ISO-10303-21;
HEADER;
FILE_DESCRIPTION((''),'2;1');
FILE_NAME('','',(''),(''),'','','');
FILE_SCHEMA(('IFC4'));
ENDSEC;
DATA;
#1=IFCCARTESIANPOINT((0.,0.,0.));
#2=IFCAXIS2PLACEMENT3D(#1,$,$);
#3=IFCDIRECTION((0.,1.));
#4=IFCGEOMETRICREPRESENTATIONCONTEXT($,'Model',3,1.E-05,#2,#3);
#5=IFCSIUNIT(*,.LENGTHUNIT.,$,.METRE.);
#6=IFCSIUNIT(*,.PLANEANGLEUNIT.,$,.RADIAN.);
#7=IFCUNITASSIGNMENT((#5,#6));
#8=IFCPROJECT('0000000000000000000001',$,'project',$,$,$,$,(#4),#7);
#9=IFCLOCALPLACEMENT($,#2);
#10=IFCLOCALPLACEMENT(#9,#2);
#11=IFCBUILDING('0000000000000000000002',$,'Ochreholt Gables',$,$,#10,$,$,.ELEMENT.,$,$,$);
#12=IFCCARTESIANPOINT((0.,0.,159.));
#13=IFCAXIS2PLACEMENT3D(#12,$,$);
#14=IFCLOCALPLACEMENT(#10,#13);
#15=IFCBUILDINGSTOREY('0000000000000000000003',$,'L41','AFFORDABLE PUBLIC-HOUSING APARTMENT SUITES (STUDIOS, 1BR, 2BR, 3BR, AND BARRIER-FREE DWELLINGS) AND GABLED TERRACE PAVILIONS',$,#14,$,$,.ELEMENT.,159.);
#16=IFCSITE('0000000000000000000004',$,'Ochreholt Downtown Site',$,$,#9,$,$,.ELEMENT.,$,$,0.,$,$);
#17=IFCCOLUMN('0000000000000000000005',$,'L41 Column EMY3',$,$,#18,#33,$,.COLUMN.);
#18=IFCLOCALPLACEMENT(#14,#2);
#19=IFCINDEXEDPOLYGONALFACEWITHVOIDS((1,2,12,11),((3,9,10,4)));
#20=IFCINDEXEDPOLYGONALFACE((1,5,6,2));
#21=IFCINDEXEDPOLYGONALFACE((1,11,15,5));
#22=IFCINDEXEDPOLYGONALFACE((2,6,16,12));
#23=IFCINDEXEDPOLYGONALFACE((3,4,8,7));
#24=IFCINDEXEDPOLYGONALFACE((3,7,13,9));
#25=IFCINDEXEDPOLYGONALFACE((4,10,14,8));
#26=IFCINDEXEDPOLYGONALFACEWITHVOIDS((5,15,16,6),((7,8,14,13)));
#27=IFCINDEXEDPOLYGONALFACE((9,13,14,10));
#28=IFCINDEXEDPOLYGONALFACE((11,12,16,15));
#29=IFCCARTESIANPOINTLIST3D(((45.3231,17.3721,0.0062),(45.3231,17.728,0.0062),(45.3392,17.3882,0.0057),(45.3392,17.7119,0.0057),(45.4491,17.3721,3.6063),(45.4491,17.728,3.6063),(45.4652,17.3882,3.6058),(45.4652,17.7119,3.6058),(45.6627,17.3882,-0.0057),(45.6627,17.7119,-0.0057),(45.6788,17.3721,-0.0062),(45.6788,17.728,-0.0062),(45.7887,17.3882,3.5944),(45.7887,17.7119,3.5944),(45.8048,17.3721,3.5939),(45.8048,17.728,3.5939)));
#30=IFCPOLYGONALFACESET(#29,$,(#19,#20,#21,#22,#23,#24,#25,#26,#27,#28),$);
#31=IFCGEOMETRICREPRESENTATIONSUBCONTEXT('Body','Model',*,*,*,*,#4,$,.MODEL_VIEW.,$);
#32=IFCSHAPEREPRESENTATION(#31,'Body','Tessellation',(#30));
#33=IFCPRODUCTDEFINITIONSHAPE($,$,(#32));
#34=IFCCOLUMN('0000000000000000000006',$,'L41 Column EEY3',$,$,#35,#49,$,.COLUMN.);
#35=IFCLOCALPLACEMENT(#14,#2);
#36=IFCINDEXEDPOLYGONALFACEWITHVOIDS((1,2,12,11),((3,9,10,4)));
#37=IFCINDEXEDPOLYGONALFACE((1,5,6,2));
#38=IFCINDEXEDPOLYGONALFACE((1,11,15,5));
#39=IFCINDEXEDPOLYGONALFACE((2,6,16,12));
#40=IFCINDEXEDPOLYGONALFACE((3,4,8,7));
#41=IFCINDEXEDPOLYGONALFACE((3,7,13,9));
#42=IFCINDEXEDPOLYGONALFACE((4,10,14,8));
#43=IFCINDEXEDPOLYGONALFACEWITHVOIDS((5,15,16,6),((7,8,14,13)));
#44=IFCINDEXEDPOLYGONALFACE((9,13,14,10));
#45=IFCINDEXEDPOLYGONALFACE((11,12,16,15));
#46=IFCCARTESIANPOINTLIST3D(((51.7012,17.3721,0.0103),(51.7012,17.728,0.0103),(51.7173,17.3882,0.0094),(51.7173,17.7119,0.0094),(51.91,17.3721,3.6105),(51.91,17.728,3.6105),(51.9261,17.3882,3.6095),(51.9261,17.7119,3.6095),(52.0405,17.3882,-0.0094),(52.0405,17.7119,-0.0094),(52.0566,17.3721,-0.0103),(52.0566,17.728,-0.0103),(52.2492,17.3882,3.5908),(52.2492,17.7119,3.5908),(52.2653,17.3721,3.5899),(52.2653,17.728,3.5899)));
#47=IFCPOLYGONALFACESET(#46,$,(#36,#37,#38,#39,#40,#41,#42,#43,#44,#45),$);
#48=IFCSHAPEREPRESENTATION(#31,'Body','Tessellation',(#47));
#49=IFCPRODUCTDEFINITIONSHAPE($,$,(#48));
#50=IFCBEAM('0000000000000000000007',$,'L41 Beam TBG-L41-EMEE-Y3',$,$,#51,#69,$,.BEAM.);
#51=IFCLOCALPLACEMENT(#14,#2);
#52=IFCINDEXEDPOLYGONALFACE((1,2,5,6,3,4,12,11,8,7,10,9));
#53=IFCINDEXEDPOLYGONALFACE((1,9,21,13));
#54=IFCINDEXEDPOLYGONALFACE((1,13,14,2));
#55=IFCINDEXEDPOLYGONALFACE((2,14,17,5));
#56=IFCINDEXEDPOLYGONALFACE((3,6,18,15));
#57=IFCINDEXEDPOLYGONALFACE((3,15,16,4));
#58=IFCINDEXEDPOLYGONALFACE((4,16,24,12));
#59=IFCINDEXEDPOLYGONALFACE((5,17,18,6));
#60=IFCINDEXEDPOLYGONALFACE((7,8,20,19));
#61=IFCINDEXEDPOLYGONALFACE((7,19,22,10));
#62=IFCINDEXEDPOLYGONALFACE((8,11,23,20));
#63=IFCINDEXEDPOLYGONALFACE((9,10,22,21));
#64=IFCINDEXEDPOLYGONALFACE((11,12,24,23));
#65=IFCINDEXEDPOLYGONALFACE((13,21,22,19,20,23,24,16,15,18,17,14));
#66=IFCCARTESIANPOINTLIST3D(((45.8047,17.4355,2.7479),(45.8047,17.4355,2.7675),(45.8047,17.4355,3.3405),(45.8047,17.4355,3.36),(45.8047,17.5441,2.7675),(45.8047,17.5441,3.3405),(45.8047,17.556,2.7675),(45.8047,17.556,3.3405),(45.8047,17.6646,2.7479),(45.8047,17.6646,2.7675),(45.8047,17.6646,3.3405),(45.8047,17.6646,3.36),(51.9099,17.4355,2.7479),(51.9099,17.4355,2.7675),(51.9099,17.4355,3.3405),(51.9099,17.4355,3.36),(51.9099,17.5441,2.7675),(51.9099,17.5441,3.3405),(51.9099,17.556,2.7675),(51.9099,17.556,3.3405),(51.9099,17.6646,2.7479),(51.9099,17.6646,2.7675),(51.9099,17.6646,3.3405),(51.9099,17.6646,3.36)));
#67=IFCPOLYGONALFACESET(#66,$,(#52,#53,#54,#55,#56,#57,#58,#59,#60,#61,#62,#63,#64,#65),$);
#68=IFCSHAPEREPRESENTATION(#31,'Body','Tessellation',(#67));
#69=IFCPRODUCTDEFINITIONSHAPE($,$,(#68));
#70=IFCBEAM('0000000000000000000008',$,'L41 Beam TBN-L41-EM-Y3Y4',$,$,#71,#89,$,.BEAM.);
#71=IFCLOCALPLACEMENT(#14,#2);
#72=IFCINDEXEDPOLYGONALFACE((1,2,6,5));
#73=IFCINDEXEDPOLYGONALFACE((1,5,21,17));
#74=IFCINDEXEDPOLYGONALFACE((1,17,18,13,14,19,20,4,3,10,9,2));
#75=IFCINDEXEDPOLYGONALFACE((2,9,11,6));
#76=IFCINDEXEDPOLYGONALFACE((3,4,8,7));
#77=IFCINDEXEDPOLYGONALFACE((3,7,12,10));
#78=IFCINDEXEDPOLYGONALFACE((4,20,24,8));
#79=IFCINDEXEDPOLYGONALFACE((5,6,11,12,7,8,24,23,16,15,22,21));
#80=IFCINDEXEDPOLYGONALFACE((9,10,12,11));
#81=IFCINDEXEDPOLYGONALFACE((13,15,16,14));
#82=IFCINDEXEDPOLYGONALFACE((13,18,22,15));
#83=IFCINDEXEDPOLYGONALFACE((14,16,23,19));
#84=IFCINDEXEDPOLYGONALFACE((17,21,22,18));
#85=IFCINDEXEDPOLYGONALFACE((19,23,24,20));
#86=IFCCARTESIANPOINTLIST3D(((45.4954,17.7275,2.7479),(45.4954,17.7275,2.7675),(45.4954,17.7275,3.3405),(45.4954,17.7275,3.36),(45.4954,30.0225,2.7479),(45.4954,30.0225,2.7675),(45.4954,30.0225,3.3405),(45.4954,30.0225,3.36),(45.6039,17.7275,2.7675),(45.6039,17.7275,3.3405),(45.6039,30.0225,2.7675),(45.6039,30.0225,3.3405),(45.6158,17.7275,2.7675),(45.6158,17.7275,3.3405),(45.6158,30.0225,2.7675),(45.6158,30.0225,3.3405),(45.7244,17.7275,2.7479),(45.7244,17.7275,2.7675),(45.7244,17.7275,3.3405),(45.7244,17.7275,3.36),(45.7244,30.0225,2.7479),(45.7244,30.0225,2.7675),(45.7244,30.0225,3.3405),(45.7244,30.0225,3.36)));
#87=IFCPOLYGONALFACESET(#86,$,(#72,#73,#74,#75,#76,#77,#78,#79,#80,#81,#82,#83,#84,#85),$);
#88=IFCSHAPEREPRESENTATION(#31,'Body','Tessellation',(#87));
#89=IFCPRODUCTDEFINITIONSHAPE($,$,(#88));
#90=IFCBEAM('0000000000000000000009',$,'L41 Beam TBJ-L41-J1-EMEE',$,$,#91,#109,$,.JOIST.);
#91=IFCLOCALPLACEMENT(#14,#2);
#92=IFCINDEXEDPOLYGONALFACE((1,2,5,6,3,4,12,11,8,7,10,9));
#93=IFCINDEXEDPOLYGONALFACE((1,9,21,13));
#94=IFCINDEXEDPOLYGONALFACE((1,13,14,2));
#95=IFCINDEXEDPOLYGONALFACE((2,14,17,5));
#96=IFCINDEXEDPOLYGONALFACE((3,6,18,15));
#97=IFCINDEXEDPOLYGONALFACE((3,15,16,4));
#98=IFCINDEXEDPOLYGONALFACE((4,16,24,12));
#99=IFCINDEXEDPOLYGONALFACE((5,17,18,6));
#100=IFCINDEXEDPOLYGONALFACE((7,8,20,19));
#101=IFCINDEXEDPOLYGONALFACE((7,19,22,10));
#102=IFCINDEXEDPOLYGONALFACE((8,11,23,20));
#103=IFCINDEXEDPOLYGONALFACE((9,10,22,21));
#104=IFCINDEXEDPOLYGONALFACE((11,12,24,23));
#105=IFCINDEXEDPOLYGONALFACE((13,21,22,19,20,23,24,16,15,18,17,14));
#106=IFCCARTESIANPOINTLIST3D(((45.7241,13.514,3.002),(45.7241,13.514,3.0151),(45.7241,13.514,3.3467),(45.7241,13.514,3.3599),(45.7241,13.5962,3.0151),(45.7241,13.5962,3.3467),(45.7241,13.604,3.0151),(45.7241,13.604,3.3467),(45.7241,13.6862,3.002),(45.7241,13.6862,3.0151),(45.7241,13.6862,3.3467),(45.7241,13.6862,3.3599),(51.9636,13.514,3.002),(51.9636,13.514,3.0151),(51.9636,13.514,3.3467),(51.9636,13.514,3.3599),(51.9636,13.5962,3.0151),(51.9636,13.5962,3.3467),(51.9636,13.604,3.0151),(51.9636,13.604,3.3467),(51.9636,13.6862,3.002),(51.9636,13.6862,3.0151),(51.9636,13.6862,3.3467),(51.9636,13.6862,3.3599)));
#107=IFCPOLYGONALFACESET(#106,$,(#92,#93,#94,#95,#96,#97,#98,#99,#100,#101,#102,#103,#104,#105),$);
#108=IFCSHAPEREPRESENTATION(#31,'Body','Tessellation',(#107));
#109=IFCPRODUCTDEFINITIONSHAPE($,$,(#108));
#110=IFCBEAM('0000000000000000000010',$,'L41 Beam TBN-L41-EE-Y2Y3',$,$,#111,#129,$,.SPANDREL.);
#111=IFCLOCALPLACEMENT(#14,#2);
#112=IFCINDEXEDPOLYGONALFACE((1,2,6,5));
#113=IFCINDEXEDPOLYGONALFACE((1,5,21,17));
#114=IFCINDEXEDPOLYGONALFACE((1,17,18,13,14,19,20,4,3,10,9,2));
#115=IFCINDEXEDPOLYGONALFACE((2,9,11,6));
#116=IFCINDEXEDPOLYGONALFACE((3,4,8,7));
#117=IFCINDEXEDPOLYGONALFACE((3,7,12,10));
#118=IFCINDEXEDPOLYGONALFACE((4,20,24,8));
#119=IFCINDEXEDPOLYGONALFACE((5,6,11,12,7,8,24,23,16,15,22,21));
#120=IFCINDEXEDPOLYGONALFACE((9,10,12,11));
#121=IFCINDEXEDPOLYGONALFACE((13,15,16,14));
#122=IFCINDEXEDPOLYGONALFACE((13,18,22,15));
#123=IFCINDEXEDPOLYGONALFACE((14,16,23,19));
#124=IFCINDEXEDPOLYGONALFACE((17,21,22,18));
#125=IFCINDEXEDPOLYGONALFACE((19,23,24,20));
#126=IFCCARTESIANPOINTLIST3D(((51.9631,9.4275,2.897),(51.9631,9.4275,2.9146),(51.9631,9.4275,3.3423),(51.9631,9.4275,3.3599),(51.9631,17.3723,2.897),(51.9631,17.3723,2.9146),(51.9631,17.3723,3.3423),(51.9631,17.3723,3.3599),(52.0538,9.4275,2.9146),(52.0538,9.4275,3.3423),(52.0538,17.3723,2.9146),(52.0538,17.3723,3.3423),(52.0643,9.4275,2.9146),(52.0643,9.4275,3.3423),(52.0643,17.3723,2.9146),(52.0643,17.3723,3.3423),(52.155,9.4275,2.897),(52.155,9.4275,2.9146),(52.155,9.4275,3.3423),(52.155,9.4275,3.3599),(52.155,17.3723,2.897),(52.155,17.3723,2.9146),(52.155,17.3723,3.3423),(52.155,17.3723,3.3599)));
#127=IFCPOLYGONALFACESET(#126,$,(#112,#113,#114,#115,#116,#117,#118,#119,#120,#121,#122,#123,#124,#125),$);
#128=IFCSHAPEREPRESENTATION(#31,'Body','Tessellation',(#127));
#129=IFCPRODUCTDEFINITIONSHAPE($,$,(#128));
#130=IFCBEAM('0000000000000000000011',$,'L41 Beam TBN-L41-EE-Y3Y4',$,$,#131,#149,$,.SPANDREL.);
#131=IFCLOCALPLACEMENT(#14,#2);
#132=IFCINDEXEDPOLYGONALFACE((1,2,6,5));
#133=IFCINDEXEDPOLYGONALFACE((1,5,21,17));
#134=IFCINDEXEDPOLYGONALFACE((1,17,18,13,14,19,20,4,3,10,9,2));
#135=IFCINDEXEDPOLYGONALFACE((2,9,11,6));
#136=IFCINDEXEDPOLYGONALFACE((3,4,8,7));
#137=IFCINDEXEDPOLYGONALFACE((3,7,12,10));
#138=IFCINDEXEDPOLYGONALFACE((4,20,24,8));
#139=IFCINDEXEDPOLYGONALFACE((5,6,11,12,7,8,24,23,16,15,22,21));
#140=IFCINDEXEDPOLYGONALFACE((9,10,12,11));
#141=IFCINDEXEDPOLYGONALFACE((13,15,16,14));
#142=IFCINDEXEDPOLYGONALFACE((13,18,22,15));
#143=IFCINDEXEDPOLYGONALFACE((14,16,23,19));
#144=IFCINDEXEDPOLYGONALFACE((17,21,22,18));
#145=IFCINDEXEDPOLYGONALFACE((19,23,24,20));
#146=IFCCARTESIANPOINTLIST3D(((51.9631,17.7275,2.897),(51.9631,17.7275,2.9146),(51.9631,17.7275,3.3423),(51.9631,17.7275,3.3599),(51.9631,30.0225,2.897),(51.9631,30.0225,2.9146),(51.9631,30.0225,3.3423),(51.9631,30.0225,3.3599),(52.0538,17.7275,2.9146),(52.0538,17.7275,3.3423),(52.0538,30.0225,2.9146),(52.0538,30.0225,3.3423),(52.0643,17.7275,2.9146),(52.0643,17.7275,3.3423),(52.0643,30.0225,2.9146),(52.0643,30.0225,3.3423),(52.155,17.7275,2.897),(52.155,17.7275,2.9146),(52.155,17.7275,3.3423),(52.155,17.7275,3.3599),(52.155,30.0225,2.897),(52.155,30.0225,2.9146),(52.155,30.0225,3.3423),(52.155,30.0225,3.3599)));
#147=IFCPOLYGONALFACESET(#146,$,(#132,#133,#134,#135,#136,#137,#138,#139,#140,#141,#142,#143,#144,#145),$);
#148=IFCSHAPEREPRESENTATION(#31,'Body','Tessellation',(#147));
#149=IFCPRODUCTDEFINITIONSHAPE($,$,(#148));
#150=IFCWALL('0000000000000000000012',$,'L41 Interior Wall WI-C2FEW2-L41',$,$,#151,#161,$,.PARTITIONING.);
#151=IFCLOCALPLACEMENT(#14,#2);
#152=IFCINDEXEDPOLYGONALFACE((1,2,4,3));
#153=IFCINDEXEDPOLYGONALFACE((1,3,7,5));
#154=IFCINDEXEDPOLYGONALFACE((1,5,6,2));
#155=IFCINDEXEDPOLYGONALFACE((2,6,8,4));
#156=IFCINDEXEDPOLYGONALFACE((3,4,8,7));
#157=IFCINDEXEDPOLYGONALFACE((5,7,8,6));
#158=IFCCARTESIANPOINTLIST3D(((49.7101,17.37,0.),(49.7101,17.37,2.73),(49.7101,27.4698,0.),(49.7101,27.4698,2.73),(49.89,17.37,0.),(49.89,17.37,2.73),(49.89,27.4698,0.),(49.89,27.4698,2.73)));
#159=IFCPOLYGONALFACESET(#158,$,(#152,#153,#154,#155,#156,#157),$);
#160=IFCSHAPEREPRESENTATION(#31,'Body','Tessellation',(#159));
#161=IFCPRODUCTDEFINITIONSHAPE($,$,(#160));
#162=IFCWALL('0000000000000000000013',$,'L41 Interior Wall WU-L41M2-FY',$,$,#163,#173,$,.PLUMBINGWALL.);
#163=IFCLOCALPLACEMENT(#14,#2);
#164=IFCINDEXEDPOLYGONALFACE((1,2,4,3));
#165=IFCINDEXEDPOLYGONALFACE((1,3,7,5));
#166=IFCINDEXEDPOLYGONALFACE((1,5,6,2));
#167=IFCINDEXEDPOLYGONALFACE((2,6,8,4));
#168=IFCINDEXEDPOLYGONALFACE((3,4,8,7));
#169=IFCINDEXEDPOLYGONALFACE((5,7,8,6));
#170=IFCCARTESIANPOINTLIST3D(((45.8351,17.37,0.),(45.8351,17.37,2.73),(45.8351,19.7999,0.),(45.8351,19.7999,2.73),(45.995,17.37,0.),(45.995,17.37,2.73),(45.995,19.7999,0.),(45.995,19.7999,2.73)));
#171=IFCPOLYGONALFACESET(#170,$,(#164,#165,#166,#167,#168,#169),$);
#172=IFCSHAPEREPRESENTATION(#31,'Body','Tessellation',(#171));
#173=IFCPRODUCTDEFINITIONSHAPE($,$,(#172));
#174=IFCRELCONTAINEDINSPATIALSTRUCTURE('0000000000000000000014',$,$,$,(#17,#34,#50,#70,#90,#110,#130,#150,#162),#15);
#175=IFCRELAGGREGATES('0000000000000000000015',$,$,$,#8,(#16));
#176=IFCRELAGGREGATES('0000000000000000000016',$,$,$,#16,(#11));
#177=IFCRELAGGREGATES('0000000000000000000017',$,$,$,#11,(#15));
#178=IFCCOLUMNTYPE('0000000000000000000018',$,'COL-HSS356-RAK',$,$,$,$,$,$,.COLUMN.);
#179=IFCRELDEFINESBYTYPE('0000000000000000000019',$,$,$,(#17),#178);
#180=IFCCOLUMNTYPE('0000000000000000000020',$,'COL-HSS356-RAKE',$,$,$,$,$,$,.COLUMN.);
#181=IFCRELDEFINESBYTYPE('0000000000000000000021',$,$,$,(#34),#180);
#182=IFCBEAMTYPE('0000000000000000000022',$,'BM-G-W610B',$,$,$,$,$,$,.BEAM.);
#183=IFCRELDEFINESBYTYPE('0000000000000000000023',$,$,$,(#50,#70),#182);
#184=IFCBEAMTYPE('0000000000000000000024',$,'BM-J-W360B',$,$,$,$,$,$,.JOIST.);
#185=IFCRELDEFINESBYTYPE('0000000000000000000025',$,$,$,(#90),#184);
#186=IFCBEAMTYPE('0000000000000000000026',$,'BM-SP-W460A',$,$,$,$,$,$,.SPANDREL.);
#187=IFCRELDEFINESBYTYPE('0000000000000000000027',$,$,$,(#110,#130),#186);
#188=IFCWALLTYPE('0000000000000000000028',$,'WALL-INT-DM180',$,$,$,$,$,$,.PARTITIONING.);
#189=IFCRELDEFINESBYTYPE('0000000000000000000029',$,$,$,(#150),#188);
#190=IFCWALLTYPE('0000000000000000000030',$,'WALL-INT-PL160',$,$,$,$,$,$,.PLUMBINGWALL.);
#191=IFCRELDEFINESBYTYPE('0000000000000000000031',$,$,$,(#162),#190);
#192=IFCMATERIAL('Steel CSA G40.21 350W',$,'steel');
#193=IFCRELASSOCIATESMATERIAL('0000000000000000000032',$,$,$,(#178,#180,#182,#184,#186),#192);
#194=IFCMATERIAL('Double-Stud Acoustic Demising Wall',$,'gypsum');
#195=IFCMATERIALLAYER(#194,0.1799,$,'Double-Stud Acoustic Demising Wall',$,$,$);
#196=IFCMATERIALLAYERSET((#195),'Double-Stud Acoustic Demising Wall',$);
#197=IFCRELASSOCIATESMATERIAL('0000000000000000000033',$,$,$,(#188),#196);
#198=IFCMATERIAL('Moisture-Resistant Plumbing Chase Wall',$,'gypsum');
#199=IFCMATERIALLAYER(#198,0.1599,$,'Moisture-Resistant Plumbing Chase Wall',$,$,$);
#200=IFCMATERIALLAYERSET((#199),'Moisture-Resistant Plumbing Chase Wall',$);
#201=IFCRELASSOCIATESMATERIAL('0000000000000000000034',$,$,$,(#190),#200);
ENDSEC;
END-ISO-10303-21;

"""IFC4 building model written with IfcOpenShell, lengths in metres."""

from ifc_helpers import new_model, si_unit, direction, frame, frame_2d, origin, origin_2d, place, context, subcontext, project, spatial, rectangle, hollow_rectangle, i_section, extrude, material, layer, layer_set, material_profile, profile_set, type_object, element, save


model = new_model("IFC4")

# Units and contexts
model_context = context("Model", 3, precision=1e-05, world=origin(), true_north=direction((0.0, 1.0)))
body_context = subcontext(model_context, "Body", "Model", "MODEL_VIEW")
ifc_project = project(units=[si_unit("LENGTHUNIT", "METRE"), si_unit("PLANEANGLEUNIT", "RADIAN")], contexts=[model_context])

# Site, building, storey
site_placement = place(None, origin())
site = spatial("IfcSite", under=ifc_project, at=site_placement, Name="Ochreholt Downtown Site", CompositionType="ELEMENT", RefElevation=0.0)
building_placement = place(site_placement, origin())
building = spatial("IfcBuilding", under=site, at=building_placement, Name="Ochreholt Gables", CompositionType="ELEMENT")
storey_placement = place(building_placement, frame((0.0, 0.0, 159.0)))
storey = spatial("IfcBuildingStorey", under=building, at=storey_placement, Name="L41", Description="AFFORDABLE PUBLIC-HOUSING APARTMENT SUITES (STUDIOS, 1BR, 2BR, 3BR, AND BARRIER-FREE DWELLINGS) AND GABLED TERRACE PAVILIONS", CompositionType="ELEMENT", Elevation=159.0)

# Columns
ifc_material_1 = material(Name="Steel CSA G40.21 350W", Category="steel")
ifc_material_profile_1 = material_profile(ifc_material_1, hollow_rectangle(XDim=0.356, YDim=0.356, WallThickness=0.0161, at=origin_2d()), Name="HSS356X356X16")
ifc_profile_set_1 = profile_set([ifc_material_profile_1], Name="Steel CSA G40.21 350W")
column_type_1 = type_object("IfcColumnType", Name="COL-HSS356-RAK", PredefinedType="COLUMN", material=ifc_profile_set_1)
column_1_placement = place(storey_placement, frame((45.501, 17.55, 0.0), z_axis=(0.034971, 0.0, 0.999388), x_axis=(0.0, 1.0, 0.0)))
element("IfcColumn", 1, at=column_1_placement, inside=storey, type_object=column_type_1, Name="L41 Column EMY3", PredefinedType="COLUMN", context=body_context, shape_type="SweptSolid", body=[
    extrude(hollow_rectangle(XDim=0.356, YDim=0.356, WallThickness=0.0161, at=origin_2d()), origin(), (0.0, 0.0, 1.0), 3.6023),
])
ifc_material_profile_2 = material_profile(ifc_material_1, hollow_rectangle(XDim=0.356, YDim=0.356, WallThickness=0.0161, at=origin_2d()), Name="HSS356X356X16")
ifc_profile_set_2 = profile_set([ifc_material_profile_2], Name="Steel CSA G40.21 350W")
column_type_2 = type_object("IfcColumnType", Name="COL-HSS356-RAKE", PredefinedType="COLUMN", material=ifc_profile_set_2)
column_2_placement = place(storey_placement, frame((51.8789, 17.55, 0.0), z_axis=(0.057885, 0.0, 0.998323), x_axis=(0.0, 1.0, 0.0)))
element("IfcColumn", 2, at=column_2_placement, inside=storey, type_object=column_type_2, Name="L41 Column EEY3", PredefinedType="COLUMN", context=body_context, shape_type="SweptSolid", body=[
    extrude(hollow_rectangle(XDim=0.356, YDim=0.356, WallThickness=0.0161, at=origin_2d()), origin(), (0.0, 0.0, 1.0), 3.6062),
])

# Beams
ifc_material_profile_3 = material_profile(ifc_material_1, i_section(OverallWidth=0.229, OverallDepth=0.6121, WebThickness=0.012, FlangeThickness=0.0195, at=origin_2d()), Name="W610X125")
ifc_profile_set_3 = profile_set([ifc_material_profile_3], Name="Steel CSA G40.21 350W")
beam_type_1 = type_object("IfcBeamType", Name="BM-G-W610B", PredefinedType="BEAM", material=ifc_profile_set_3)
beam_1_placement = place(storey_placement, frame((45.8047, 17.55, 3.054), z_axis=(1.0, 0.0, 0.0), x_axis=(0.0, 1.0, 0.0)))
element("IfcBeam", 3, at=beam_1_placement, inside=storey, type_object=beam_type_1, Name="L41 Beam TBG-L41-EMEE-Y3", PredefinedType="BEAM", context=body_context, shape_type="SweptSolid", body=[
    extrude(i_section(OverallWidth=0.229, OverallDepth=0.6121, WebThickness=0.012, FlangeThickness=0.0195, at=origin_2d()), origin(), (0.0, 0.0, 1.0), 6.1052),
])
beam_2_placement = place(storey_placement, frame((45.6099, 17.7275, 3.054), z_axis=(0.0, 1.0, 0.0), x_axis=(-1.0, 0.0, 0.0)))
element("IfcBeam", 4, at=beam_2_placement, inside=storey, type_object=beam_type_1, Name="L41 Beam TBN-L41-EM-Y3Y4", PredefinedType="BEAM", context=body_context, shape_type="SweptSolid", body=[
    extrude(i_section(OverallWidth=0.229, OverallDepth=0.6121, WebThickness=0.012, FlangeThickness=0.0195, at=origin_2d()), origin(), (0.0, 0.0, 1.0), 12.2949),
])
ifc_material_profile_4 = material_profile(ifc_material_1, i_section(OverallWidth=0.1721, OverallDepth=0.3579, WebThickness=0.0078, FlangeThickness=0.0132, at=origin_2d()), Name="W360X57")
ifc_profile_set_4 = profile_set([ifc_material_profile_4], Name="Steel CSA G40.21 350W")
beam_type_2 = type_object("IfcBeamType", Name="BM-J-W360B", PredefinedType="JOIST", material=ifc_profile_set_4)
beam_3_placement = place(storey_placement, frame((45.7241, 13.6001, 3.1809), z_axis=(1.0, 0.0, 0.0), x_axis=(0.0, 1.0, 0.0)))
element("IfcBeam", 5, at=beam_3_placement, inside=storey, type_object=beam_type_2, Name="L41 Beam TBJ-L41-J1-EMEE", PredefinedType="JOIST", context=body_context, shape_type="SweptSolid", body=[
    extrude(i_section(OverallWidth=0.1721, OverallDepth=0.3579, WebThickness=0.0078, FlangeThickness=0.0132, at=origin_2d()), origin(), (0.0, 0.0, 1.0), 6.2395),
])
ifc_material_profile_5 = material_profile(ifc_material_1, i_section(OverallWidth=0.1919, OverallDepth=0.4629, WebThickness=0.0105, FlangeThickness=0.0176, at=origin_2d()), Name="W460X89")
ifc_profile_set_5 = profile_set([ifc_material_profile_5], Name="Steel CSA G40.21 350W")
beam_type_3 = type_object("IfcBeamType", Name="BM-SP-W460A", PredefinedType="SPANDREL", material=ifc_profile_set_5)
beam_4_placement = place(storey_placement, frame((52.0591, 9.4275, 3.1284), z_axis=(0.0, 1.0, 0.0), x_axis=(-1.0, 0.0, 0.0)))
element("IfcBeam", 6, at=beam_4_placement, inside=storey, type_object=beam_type_3, Name="L41 Beam TBN-L41-EE-Y2Y3", PredefinedType="SPANDREL", context=body_context, shape_type="SweptSolid", body=[
    extrude(i_section(OverallWidth=0.1919, OverallDepth=0.4629, WebThickness=0.0105, FlangeThickness=0.0176, at=origin_2d()), origin(), (0.0, 0.0, 1.0), 7.9448),
])
beam_5_placement = place(storey_placement, frame((52.0591, 17.7275, 3.1284), z_axis=(0.0, 1.0, 0.0), x_axis=(-1.0, 0.0, 0.0)))
element("IfcBeam", 7, at=beam_5_placement, inside=storey, type_object=beam_type_3, Name="L41 Beam TBN-L41-EE-Y3Y4", PredefinedType="SPANDREL", context=body_context, shape_type="SweptSolid", body=[
    extrude(i_section(OverallWidth=0.1919, OverallDepth=0.4629, WebThickness=0.0105, FlangeThickness=0.0176, at=origin_2d()), origin(), (0.0, 0.0, 1.0), 12.2949),
])

# Walls
ifc_material_2 = material(Name="Double-Stud Acoustic Demising Wall", Category="gypsum")
ifc_layer_1 = layer(ifc_material_2, 0.1799, Name="Double-Stud Acoustic Demising Wall")
ifc_layer_set_1 = layer_set([ifc_layer_1], Name="Double-Stud Acoustic Demising Wall")
wall_type_1 = type_object("IfcWallType", Name="WALL-INT-DM180", PredefinedType="PARTITIONING", material=ifc_layer_set_1)
wall_1_placement = place(storey_placement, frame((49.8, 17.3701, 0.0), z_axis=(0.0, 0.0, 1.0), x_axis=(0.0, 1.0, 0.0)))
element("IfcWall", 8, at=wall_1_placement, inside=storey, type_object=wall_type_1, Name="L41 Interior Wall WI-C2FEW2-L41", PredefinedType="PARTITIONING", context=body_context, shape_type="SweptSolid", body=[
    extrude(rectangle(XDim=10.0999, YDim=0.1799, at=frame_2d((5.0498, 0.0))), origin(), (0.0, 0.0, 1.0), 2.73),
])
ifc_material_3 = material(Name="Moisture-Resistant Plumbing Chase Wall", Category="gypsum")
ifc_layer_2 = layer(ifc_material_3, 0.1599, Name="Moisture-Resistant Plumbing Chase Wall")
ifc_layer_set_2 = layer_set([ifc_layer_2], Name="Moisture-Resistant Plumbing Chase Wall")
wall_type_2 = type_object("IfcWallType", Name="WALL-INT-PL160", PredefinedType="PLUMBINGWALL", material=ifc_layer_set_2)
wall_2_placement = place(storey_placement, frame((45.915, 17.3701, 0.0), z_axis=(0.0, 0.0, 1.0), x_axis=(0.0, 1.0, 0.0)))
element("IfcWall", 9, at=wall_2_placement, inside=storey, type_object=wall_type_2, Name="L41 Interior Wall WU-L41M2-FY", PredefinedType="PLUMBINGWALL", context=body_context, shape_type="SweptSolid", body=[
    extrude(rectangle(XDim=2.4299, YDim=0.1599, at=frame_2d((1.2148, 0.0))), origin(), (0.0, 0.0, 1.0), 2.73),
])

save(model, "model.ifc")
